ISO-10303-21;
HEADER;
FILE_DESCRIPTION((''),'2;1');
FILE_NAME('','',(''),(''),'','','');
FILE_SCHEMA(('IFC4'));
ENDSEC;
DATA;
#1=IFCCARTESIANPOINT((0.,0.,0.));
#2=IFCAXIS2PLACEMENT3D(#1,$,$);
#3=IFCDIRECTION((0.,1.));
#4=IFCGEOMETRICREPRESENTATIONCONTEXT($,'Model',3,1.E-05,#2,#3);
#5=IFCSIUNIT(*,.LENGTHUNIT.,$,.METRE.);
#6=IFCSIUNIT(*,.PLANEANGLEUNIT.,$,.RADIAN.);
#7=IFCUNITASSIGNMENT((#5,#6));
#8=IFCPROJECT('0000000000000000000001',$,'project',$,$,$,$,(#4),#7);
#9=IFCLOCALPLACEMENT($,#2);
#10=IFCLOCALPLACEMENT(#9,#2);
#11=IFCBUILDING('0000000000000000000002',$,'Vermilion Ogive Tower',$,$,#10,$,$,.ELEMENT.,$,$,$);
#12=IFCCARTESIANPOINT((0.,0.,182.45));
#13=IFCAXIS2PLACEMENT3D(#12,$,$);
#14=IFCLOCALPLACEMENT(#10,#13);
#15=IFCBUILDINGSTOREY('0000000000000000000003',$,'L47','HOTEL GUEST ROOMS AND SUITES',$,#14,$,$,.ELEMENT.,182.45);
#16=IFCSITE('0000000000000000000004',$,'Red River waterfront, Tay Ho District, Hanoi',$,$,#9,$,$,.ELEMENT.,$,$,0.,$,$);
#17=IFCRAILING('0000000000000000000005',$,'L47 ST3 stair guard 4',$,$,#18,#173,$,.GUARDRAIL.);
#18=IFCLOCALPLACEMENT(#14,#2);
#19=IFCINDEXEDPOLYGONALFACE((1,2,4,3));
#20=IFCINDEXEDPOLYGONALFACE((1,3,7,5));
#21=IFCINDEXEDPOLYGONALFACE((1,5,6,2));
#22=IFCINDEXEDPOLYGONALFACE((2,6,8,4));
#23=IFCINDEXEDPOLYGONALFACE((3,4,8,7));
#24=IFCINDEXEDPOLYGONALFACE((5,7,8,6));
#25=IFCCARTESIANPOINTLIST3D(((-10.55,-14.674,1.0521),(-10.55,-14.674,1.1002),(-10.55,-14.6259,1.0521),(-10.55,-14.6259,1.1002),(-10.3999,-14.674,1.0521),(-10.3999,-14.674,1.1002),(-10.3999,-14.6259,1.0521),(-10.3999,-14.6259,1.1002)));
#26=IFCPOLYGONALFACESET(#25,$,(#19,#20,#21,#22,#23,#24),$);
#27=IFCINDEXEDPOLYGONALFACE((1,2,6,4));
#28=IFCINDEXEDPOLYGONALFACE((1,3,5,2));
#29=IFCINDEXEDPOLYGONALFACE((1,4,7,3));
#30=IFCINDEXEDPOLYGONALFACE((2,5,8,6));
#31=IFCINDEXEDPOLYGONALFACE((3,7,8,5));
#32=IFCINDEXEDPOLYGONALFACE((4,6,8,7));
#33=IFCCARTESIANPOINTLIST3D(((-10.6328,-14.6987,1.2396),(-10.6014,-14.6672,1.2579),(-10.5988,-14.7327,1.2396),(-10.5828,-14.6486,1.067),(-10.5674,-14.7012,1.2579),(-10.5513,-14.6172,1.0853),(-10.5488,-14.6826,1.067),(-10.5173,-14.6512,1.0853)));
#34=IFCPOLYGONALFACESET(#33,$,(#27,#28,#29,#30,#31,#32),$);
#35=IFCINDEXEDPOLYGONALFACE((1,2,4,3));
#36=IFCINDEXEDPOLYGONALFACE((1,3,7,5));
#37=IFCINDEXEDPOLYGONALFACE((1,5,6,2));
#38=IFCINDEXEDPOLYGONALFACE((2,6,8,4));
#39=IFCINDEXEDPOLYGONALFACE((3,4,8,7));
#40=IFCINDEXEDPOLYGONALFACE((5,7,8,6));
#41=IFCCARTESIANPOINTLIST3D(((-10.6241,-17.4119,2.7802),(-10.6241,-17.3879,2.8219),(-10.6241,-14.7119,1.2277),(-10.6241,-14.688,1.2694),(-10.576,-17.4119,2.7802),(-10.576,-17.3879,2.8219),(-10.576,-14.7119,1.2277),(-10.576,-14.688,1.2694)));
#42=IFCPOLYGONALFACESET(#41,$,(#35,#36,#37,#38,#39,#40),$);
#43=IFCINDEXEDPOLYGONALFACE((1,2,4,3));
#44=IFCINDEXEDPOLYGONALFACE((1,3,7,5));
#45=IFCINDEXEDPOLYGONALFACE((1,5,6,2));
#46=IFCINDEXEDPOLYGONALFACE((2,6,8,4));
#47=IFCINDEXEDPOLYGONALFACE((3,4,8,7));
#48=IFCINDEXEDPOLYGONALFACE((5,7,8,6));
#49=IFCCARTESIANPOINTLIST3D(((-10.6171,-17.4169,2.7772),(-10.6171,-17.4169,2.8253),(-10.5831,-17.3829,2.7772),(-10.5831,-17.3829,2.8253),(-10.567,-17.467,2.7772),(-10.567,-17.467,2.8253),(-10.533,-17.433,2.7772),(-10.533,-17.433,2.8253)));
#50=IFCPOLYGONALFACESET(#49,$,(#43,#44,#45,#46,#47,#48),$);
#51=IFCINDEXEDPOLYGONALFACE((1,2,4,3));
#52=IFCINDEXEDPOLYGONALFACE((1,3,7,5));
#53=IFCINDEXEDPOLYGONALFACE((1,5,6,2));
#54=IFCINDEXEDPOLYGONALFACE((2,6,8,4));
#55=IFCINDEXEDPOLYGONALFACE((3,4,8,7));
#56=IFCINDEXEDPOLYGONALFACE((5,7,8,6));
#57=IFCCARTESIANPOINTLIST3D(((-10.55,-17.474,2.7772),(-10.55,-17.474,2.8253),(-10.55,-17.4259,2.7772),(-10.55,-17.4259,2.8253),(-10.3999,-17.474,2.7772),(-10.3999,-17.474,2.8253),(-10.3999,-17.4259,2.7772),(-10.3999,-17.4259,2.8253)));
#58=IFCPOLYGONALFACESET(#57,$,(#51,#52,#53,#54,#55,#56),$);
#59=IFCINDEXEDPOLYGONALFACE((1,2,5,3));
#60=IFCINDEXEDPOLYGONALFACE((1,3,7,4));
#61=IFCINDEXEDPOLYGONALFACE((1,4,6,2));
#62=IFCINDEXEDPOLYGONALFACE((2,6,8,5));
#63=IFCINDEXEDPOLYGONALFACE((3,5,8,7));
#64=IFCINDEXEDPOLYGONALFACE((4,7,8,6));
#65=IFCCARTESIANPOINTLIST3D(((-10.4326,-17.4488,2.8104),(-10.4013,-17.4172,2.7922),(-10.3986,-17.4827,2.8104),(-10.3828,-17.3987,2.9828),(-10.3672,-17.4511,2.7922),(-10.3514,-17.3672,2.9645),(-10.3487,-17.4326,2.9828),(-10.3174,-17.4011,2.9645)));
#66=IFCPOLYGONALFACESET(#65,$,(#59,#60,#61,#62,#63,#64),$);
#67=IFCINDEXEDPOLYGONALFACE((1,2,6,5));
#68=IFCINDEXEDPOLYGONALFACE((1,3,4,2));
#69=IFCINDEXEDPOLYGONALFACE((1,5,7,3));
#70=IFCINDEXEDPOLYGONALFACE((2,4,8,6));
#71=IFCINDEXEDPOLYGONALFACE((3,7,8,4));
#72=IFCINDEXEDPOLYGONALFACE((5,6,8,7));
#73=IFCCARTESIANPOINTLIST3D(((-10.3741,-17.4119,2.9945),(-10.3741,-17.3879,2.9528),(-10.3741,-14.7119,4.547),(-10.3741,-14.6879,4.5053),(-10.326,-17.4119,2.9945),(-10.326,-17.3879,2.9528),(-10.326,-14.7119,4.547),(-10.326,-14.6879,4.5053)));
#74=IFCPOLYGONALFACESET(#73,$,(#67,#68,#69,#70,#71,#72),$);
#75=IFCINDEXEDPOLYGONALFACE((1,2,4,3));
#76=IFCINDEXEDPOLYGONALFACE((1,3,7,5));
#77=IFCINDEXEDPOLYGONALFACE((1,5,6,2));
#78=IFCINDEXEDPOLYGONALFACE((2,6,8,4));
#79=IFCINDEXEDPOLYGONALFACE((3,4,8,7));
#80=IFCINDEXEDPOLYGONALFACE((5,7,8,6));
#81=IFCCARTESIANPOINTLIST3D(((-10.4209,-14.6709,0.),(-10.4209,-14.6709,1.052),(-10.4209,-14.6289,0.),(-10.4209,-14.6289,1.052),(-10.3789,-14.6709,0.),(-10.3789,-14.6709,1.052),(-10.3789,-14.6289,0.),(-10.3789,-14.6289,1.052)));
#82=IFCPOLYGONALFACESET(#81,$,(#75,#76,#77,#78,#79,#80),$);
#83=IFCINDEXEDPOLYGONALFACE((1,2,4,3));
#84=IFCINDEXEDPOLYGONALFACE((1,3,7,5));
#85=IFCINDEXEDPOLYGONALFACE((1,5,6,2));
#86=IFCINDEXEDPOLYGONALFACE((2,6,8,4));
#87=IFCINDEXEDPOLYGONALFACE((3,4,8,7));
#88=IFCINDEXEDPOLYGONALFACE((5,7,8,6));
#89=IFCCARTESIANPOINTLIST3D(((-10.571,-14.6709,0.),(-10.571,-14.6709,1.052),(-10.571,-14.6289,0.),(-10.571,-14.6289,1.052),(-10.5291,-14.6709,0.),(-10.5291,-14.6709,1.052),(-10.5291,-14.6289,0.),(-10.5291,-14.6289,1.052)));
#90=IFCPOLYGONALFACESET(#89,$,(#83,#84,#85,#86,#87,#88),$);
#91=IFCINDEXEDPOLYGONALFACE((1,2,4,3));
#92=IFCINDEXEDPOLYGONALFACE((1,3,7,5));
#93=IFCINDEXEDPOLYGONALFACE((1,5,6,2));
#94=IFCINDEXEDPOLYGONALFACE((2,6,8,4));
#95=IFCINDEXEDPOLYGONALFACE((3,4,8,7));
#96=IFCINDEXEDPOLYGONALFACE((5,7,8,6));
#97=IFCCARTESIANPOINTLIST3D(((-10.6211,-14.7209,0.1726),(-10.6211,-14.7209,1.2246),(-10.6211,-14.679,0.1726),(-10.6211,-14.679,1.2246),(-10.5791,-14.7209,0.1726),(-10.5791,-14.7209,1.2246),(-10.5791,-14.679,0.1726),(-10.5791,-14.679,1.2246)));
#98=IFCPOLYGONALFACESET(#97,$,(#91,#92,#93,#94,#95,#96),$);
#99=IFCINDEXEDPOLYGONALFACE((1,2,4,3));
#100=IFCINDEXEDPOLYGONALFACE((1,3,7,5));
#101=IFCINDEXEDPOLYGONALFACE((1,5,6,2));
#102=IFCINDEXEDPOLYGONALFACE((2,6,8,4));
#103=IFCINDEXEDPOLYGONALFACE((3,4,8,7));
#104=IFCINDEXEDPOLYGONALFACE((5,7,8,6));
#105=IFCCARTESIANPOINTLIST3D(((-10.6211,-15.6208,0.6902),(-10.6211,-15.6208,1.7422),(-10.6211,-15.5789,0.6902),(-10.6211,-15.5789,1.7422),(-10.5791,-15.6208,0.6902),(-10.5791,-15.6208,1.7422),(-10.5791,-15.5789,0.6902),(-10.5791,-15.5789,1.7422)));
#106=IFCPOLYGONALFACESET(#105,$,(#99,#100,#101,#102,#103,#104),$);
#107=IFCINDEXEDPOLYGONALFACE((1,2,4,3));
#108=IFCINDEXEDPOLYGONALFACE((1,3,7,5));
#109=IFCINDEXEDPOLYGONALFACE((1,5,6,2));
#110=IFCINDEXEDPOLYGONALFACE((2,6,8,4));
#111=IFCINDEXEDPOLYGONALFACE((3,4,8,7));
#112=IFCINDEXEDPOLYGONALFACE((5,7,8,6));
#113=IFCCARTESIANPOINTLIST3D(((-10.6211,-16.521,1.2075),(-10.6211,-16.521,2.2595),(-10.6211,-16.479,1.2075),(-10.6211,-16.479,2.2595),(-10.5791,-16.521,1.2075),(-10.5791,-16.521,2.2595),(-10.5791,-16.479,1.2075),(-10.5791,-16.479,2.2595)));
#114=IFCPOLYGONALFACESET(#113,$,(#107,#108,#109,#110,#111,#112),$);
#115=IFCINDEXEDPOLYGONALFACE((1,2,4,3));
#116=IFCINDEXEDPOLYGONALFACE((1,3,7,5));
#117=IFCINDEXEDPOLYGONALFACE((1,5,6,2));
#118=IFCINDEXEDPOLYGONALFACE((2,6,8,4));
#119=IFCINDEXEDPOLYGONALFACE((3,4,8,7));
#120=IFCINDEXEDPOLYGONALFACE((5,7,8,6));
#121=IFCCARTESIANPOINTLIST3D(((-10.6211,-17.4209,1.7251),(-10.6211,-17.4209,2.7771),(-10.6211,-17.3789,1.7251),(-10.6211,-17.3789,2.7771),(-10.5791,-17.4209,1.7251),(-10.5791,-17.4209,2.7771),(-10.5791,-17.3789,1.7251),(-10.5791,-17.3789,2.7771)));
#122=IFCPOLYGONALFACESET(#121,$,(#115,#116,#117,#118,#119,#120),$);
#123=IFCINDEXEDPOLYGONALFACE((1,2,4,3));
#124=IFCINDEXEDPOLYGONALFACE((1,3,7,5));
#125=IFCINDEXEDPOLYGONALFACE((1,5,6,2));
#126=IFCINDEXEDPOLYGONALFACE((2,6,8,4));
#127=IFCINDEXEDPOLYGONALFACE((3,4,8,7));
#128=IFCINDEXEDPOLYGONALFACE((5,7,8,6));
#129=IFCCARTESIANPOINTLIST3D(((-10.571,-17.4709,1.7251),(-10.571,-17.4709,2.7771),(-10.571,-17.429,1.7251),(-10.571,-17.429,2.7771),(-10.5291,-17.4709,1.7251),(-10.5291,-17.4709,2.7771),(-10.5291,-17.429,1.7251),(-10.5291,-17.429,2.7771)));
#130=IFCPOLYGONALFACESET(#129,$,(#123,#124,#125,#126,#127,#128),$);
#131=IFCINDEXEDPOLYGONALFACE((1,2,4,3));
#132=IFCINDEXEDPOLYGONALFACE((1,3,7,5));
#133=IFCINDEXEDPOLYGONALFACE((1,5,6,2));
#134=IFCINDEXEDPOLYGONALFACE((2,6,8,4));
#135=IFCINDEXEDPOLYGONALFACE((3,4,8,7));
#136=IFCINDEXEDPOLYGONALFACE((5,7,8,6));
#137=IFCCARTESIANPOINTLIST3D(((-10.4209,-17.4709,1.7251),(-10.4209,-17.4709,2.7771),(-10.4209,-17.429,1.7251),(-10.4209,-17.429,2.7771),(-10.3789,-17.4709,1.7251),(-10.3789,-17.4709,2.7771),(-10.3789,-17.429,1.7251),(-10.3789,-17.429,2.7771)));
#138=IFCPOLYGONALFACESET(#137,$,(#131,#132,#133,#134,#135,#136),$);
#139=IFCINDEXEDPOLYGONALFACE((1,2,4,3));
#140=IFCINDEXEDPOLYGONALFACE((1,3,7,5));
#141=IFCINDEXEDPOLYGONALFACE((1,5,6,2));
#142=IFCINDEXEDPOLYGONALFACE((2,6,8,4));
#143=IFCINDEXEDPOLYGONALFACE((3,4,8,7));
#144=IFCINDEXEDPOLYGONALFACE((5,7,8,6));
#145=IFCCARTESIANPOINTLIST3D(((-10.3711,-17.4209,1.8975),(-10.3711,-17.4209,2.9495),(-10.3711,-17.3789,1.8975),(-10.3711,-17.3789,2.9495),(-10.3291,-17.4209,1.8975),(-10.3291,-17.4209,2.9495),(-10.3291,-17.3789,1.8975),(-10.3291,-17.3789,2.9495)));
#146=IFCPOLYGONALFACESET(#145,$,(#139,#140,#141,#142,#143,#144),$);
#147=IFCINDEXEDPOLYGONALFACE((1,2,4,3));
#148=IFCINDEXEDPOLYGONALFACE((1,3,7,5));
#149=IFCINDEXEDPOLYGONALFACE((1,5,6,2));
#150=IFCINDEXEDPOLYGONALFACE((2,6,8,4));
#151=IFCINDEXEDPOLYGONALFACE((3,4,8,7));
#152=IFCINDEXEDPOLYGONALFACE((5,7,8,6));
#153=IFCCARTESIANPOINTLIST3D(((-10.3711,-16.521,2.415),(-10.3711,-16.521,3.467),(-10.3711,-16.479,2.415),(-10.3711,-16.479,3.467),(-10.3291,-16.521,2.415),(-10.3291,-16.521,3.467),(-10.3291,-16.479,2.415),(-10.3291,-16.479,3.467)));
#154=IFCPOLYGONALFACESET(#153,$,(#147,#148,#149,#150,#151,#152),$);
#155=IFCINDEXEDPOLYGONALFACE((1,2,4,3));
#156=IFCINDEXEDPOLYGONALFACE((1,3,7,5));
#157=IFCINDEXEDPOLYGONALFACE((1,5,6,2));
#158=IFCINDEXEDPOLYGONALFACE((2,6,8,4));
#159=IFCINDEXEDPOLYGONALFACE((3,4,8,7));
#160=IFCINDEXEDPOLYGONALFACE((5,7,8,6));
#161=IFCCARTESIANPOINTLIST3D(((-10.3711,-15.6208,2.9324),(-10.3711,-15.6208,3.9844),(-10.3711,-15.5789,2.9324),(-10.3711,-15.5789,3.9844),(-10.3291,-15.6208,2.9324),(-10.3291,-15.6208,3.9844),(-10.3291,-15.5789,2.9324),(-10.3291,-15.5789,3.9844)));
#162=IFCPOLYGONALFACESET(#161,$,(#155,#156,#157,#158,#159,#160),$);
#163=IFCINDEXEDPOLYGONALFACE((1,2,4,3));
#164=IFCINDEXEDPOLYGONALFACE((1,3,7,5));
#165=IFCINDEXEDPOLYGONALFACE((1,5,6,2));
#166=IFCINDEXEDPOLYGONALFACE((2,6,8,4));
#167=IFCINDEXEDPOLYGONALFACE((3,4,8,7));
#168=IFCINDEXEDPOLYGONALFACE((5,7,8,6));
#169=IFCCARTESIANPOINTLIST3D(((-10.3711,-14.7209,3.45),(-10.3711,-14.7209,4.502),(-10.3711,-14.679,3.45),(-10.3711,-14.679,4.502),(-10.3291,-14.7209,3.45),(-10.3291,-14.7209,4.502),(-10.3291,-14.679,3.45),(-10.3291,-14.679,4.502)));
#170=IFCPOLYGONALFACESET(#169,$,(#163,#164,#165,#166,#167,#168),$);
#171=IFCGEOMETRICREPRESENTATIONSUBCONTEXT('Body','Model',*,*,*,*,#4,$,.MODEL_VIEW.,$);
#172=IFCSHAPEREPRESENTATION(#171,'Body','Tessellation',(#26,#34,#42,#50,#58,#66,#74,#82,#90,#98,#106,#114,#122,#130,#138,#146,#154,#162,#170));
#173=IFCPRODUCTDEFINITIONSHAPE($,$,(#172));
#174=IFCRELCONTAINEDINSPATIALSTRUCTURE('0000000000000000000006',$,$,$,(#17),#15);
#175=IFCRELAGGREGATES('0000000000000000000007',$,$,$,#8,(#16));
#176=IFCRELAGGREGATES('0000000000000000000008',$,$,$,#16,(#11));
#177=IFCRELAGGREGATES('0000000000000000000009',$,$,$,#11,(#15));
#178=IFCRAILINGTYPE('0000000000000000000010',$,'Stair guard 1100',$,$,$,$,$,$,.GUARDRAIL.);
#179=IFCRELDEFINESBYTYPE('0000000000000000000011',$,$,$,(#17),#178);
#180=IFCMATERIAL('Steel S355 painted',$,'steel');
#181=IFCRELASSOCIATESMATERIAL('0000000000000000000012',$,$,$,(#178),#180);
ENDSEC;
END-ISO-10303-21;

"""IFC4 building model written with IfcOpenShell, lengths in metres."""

from ifc_helpers import new_model, si_unit, direction, frame, origin, origin_2d, place, context, subcontext, project, spatial, rectangle, extrude, material, type_object, element, save


model = new_model("IFC4")

# Units and contexts
model_context = context("Model", 3, precision=1e-05, world=origin(), true_north=direction((0.0, 1.0)))
body_context = subcontext(model_context, "Body", "Model", "MODEL_VIEW")
ifc_project = project(units=[si_unit("LENGTHUNIT", "METRE"), si_unit("PLANEANGLEUNIT", "RADIAN")], contexts=[model_context])

# Site, building, storey
site_placement = place(None, origin())
site = spatial("IfcSite", under=ifc_project, at=site_placement, Name="Red River waterfront, Tay Ho District, Hanoi", CompositionType="ELEMENT", RefElevation=0.0)
building_placement = place(site_placement, origin())
building = spatial("IfcBuilding", under=site, at=building_placement, Name="Vermilion Ogive Tower", CompositionType="ELEMENT")
storey_placement = place(building_placement, frame((0.0, 0.0, 182.45)))
storey = spatial("IfcBuildingStorey", under=building, at=storey_placement, Name="L47", Description="HOTEL GUEST ROOMS AND SUITES", CompositionType="ELEMENT", Elevation=182.45)

# Railing
ifc_material_1 = material(Name="Steel S355 painted", Category="steel")
railing_type = type_object("IfcRailingType", Name="Stair guard 1100", PredefinedType="GUARDRAIL", material=ifc_material_1)
railing_placement = place(storey_placement, frame((-10.3999, -14.6499, 0.0)))
element("IfcRailing", 1, at=railing_placement, inside=storey, type_object=railing_type, Name="L47 ST3 stair guard 4", PredefinedType="GUARDRAIL", context=body_context, shape_type="SweptSolid", body=[
    extrude(rectangle(XDim=0.0481, YDim=0.0481, at=origin_2d()), frame((0.0, 0.0, 1.0762), z_axis=(-1.0, 0.0, 0.0), x_axis=(0.0, -1.0, 0.0)), (0.0, 0.0, 1.0), 0.1501),
    extrude(rectangle(XDim=0.0481, YDim=0.0481, at=origin_2d()), frame((-0.1501, 0.0, 1.0762), z_axis=(-0.268278, -0.268278, 0.925232), x_axis=(0.707107, -0.707107, 0.0)), (0.0, 0.0, 1.0), 0.1865),
    extrude(rectangle(XDim=0.0481, YDim=0.0481, at=origin_2d()), frame((-0.2002, -0.05, 1.2485), z_axis=(0.0, -0.866904, 0.498476), x_axis=(1.0, 0.0, 0.0)), (0.0, 0.0, 1.0), 3.1145),
    extrude(rectangle(XDim=0.0481, YDim=0.0481, at=origin_2d()), frame((-0.2002, -2.75, 2.8013), z_axis=(0.707107, -0.707107, 0.0), x_axis=(0.707107, 0.707107, 0.0)), (0.0, 0.0, 1.0), 0.0708),
    extrude(rectangle(XDim=0.0481, YDim=0.0481, at=origin_2d()), frame((-0.1501, -2.8, 2.8013), z_axis=(1.0, 0.0, 0.0), x_axis=(0.0, 1.0, 0.0)), (0.0, 0.0, 1.0), 0.1501),
    extrude(rectangle(XDim=0.0481, YDim=0.0481, at=origin_2d()), frame((0.0, -2.8, 2.8013), z_axis=(0.267387, 0.268698, 0.925368), x_axis=(-0.708834, 0.705376, 0.0)), (0.0, 0.0, 1.0), 0.1863),
    extrude(rectangle(XDim=0.0481, YDim=0.0481, at=origin_2d()), frame((0.0498, -2.75, 2.9736), z_axis=(0.0, 0.866904, 0.498476), x_axis=(-1.0, 0.0, 0.0)), (0.0, 0.0, 1.0), 3.1145),
    extrude(rectangle(XDim=0.042, YDim=0.042, at=origin_2d()), origin(), (0.0, 0.0, 1.0), 1.052),
    extrude(rectangle(XDim=0.042, YDim=0.042, at=origin_2d()), frame((-0.1501, 0.0, 0.0)), (0.0, 0.0, 1.0), 1.052),
    extrude(rectangle(XDim=0.042, YDim=0.042, at=origin_2d()), frame((-0.2002, -0.05, 0.1726)), (0.0, 0.0, 1.0), 1.052),
    extrude(rectangle(XDim=0.042, YDim=0.042, at=origin_2d()), frame((-0.2002, -0.95, 0.6902)), (0.0, 0.0, 1.0), 1.052),
    extrude(rectangle(XDim=0.042, YDim=0.042, at=origin_2d()), frame((-0.2002, -1.8501, 1.2075)), (0.0, 0.0, 1.0), 1.052),
    extrude(rectangle(XDim=0.042, YDim=0.042, at=origin_2d()), frame((-0.2002, -2.75, 1.7251)), (0.0, 0.0, 1.0), 1.052),
    extrude(rectangle(XDim=0.042, YDim=0.042, at=origin_2d()), frame((-0.1501, -2.8, 1.7251)), (0.0, 0.0, 1.0), 1.052),
    extrude(rectangle(XDim=0.042, YDim=0.042, at=origin_2d()), frame((0.0, -2.8, 1.7251)), (0.0, 0.0, 1.0), 1.052),
    extrude(rectangle(XDim=0.042, YDim=0.042, at=origin_2d()), frame((0.0498, -2.75, 1.8975)), (0.0, 0.0, 1.0), 1.052),
    extrude(rectangle(XDim=0.042, YDim=0.042, at=origin_2d()), frame((0.0498, -1.8501, 2.415)), (0.0, 0.0, 1.0), 1.052),
    extrude(rectangle(XDim=0.042, YDim=0.042, at=origin_2d()), frame((0.0498, -0.95, 2.9324)), (0.0, 0.0, 1.0), 1.052),
    extrude(rectangle(XDim=0.042, YDim=0.042, at=origin_2d()), frame((0.0498, -0.05, 3.45)), (0.0, 0.0, 1.0), 1.052),
])

save(model, "model.ifc")
